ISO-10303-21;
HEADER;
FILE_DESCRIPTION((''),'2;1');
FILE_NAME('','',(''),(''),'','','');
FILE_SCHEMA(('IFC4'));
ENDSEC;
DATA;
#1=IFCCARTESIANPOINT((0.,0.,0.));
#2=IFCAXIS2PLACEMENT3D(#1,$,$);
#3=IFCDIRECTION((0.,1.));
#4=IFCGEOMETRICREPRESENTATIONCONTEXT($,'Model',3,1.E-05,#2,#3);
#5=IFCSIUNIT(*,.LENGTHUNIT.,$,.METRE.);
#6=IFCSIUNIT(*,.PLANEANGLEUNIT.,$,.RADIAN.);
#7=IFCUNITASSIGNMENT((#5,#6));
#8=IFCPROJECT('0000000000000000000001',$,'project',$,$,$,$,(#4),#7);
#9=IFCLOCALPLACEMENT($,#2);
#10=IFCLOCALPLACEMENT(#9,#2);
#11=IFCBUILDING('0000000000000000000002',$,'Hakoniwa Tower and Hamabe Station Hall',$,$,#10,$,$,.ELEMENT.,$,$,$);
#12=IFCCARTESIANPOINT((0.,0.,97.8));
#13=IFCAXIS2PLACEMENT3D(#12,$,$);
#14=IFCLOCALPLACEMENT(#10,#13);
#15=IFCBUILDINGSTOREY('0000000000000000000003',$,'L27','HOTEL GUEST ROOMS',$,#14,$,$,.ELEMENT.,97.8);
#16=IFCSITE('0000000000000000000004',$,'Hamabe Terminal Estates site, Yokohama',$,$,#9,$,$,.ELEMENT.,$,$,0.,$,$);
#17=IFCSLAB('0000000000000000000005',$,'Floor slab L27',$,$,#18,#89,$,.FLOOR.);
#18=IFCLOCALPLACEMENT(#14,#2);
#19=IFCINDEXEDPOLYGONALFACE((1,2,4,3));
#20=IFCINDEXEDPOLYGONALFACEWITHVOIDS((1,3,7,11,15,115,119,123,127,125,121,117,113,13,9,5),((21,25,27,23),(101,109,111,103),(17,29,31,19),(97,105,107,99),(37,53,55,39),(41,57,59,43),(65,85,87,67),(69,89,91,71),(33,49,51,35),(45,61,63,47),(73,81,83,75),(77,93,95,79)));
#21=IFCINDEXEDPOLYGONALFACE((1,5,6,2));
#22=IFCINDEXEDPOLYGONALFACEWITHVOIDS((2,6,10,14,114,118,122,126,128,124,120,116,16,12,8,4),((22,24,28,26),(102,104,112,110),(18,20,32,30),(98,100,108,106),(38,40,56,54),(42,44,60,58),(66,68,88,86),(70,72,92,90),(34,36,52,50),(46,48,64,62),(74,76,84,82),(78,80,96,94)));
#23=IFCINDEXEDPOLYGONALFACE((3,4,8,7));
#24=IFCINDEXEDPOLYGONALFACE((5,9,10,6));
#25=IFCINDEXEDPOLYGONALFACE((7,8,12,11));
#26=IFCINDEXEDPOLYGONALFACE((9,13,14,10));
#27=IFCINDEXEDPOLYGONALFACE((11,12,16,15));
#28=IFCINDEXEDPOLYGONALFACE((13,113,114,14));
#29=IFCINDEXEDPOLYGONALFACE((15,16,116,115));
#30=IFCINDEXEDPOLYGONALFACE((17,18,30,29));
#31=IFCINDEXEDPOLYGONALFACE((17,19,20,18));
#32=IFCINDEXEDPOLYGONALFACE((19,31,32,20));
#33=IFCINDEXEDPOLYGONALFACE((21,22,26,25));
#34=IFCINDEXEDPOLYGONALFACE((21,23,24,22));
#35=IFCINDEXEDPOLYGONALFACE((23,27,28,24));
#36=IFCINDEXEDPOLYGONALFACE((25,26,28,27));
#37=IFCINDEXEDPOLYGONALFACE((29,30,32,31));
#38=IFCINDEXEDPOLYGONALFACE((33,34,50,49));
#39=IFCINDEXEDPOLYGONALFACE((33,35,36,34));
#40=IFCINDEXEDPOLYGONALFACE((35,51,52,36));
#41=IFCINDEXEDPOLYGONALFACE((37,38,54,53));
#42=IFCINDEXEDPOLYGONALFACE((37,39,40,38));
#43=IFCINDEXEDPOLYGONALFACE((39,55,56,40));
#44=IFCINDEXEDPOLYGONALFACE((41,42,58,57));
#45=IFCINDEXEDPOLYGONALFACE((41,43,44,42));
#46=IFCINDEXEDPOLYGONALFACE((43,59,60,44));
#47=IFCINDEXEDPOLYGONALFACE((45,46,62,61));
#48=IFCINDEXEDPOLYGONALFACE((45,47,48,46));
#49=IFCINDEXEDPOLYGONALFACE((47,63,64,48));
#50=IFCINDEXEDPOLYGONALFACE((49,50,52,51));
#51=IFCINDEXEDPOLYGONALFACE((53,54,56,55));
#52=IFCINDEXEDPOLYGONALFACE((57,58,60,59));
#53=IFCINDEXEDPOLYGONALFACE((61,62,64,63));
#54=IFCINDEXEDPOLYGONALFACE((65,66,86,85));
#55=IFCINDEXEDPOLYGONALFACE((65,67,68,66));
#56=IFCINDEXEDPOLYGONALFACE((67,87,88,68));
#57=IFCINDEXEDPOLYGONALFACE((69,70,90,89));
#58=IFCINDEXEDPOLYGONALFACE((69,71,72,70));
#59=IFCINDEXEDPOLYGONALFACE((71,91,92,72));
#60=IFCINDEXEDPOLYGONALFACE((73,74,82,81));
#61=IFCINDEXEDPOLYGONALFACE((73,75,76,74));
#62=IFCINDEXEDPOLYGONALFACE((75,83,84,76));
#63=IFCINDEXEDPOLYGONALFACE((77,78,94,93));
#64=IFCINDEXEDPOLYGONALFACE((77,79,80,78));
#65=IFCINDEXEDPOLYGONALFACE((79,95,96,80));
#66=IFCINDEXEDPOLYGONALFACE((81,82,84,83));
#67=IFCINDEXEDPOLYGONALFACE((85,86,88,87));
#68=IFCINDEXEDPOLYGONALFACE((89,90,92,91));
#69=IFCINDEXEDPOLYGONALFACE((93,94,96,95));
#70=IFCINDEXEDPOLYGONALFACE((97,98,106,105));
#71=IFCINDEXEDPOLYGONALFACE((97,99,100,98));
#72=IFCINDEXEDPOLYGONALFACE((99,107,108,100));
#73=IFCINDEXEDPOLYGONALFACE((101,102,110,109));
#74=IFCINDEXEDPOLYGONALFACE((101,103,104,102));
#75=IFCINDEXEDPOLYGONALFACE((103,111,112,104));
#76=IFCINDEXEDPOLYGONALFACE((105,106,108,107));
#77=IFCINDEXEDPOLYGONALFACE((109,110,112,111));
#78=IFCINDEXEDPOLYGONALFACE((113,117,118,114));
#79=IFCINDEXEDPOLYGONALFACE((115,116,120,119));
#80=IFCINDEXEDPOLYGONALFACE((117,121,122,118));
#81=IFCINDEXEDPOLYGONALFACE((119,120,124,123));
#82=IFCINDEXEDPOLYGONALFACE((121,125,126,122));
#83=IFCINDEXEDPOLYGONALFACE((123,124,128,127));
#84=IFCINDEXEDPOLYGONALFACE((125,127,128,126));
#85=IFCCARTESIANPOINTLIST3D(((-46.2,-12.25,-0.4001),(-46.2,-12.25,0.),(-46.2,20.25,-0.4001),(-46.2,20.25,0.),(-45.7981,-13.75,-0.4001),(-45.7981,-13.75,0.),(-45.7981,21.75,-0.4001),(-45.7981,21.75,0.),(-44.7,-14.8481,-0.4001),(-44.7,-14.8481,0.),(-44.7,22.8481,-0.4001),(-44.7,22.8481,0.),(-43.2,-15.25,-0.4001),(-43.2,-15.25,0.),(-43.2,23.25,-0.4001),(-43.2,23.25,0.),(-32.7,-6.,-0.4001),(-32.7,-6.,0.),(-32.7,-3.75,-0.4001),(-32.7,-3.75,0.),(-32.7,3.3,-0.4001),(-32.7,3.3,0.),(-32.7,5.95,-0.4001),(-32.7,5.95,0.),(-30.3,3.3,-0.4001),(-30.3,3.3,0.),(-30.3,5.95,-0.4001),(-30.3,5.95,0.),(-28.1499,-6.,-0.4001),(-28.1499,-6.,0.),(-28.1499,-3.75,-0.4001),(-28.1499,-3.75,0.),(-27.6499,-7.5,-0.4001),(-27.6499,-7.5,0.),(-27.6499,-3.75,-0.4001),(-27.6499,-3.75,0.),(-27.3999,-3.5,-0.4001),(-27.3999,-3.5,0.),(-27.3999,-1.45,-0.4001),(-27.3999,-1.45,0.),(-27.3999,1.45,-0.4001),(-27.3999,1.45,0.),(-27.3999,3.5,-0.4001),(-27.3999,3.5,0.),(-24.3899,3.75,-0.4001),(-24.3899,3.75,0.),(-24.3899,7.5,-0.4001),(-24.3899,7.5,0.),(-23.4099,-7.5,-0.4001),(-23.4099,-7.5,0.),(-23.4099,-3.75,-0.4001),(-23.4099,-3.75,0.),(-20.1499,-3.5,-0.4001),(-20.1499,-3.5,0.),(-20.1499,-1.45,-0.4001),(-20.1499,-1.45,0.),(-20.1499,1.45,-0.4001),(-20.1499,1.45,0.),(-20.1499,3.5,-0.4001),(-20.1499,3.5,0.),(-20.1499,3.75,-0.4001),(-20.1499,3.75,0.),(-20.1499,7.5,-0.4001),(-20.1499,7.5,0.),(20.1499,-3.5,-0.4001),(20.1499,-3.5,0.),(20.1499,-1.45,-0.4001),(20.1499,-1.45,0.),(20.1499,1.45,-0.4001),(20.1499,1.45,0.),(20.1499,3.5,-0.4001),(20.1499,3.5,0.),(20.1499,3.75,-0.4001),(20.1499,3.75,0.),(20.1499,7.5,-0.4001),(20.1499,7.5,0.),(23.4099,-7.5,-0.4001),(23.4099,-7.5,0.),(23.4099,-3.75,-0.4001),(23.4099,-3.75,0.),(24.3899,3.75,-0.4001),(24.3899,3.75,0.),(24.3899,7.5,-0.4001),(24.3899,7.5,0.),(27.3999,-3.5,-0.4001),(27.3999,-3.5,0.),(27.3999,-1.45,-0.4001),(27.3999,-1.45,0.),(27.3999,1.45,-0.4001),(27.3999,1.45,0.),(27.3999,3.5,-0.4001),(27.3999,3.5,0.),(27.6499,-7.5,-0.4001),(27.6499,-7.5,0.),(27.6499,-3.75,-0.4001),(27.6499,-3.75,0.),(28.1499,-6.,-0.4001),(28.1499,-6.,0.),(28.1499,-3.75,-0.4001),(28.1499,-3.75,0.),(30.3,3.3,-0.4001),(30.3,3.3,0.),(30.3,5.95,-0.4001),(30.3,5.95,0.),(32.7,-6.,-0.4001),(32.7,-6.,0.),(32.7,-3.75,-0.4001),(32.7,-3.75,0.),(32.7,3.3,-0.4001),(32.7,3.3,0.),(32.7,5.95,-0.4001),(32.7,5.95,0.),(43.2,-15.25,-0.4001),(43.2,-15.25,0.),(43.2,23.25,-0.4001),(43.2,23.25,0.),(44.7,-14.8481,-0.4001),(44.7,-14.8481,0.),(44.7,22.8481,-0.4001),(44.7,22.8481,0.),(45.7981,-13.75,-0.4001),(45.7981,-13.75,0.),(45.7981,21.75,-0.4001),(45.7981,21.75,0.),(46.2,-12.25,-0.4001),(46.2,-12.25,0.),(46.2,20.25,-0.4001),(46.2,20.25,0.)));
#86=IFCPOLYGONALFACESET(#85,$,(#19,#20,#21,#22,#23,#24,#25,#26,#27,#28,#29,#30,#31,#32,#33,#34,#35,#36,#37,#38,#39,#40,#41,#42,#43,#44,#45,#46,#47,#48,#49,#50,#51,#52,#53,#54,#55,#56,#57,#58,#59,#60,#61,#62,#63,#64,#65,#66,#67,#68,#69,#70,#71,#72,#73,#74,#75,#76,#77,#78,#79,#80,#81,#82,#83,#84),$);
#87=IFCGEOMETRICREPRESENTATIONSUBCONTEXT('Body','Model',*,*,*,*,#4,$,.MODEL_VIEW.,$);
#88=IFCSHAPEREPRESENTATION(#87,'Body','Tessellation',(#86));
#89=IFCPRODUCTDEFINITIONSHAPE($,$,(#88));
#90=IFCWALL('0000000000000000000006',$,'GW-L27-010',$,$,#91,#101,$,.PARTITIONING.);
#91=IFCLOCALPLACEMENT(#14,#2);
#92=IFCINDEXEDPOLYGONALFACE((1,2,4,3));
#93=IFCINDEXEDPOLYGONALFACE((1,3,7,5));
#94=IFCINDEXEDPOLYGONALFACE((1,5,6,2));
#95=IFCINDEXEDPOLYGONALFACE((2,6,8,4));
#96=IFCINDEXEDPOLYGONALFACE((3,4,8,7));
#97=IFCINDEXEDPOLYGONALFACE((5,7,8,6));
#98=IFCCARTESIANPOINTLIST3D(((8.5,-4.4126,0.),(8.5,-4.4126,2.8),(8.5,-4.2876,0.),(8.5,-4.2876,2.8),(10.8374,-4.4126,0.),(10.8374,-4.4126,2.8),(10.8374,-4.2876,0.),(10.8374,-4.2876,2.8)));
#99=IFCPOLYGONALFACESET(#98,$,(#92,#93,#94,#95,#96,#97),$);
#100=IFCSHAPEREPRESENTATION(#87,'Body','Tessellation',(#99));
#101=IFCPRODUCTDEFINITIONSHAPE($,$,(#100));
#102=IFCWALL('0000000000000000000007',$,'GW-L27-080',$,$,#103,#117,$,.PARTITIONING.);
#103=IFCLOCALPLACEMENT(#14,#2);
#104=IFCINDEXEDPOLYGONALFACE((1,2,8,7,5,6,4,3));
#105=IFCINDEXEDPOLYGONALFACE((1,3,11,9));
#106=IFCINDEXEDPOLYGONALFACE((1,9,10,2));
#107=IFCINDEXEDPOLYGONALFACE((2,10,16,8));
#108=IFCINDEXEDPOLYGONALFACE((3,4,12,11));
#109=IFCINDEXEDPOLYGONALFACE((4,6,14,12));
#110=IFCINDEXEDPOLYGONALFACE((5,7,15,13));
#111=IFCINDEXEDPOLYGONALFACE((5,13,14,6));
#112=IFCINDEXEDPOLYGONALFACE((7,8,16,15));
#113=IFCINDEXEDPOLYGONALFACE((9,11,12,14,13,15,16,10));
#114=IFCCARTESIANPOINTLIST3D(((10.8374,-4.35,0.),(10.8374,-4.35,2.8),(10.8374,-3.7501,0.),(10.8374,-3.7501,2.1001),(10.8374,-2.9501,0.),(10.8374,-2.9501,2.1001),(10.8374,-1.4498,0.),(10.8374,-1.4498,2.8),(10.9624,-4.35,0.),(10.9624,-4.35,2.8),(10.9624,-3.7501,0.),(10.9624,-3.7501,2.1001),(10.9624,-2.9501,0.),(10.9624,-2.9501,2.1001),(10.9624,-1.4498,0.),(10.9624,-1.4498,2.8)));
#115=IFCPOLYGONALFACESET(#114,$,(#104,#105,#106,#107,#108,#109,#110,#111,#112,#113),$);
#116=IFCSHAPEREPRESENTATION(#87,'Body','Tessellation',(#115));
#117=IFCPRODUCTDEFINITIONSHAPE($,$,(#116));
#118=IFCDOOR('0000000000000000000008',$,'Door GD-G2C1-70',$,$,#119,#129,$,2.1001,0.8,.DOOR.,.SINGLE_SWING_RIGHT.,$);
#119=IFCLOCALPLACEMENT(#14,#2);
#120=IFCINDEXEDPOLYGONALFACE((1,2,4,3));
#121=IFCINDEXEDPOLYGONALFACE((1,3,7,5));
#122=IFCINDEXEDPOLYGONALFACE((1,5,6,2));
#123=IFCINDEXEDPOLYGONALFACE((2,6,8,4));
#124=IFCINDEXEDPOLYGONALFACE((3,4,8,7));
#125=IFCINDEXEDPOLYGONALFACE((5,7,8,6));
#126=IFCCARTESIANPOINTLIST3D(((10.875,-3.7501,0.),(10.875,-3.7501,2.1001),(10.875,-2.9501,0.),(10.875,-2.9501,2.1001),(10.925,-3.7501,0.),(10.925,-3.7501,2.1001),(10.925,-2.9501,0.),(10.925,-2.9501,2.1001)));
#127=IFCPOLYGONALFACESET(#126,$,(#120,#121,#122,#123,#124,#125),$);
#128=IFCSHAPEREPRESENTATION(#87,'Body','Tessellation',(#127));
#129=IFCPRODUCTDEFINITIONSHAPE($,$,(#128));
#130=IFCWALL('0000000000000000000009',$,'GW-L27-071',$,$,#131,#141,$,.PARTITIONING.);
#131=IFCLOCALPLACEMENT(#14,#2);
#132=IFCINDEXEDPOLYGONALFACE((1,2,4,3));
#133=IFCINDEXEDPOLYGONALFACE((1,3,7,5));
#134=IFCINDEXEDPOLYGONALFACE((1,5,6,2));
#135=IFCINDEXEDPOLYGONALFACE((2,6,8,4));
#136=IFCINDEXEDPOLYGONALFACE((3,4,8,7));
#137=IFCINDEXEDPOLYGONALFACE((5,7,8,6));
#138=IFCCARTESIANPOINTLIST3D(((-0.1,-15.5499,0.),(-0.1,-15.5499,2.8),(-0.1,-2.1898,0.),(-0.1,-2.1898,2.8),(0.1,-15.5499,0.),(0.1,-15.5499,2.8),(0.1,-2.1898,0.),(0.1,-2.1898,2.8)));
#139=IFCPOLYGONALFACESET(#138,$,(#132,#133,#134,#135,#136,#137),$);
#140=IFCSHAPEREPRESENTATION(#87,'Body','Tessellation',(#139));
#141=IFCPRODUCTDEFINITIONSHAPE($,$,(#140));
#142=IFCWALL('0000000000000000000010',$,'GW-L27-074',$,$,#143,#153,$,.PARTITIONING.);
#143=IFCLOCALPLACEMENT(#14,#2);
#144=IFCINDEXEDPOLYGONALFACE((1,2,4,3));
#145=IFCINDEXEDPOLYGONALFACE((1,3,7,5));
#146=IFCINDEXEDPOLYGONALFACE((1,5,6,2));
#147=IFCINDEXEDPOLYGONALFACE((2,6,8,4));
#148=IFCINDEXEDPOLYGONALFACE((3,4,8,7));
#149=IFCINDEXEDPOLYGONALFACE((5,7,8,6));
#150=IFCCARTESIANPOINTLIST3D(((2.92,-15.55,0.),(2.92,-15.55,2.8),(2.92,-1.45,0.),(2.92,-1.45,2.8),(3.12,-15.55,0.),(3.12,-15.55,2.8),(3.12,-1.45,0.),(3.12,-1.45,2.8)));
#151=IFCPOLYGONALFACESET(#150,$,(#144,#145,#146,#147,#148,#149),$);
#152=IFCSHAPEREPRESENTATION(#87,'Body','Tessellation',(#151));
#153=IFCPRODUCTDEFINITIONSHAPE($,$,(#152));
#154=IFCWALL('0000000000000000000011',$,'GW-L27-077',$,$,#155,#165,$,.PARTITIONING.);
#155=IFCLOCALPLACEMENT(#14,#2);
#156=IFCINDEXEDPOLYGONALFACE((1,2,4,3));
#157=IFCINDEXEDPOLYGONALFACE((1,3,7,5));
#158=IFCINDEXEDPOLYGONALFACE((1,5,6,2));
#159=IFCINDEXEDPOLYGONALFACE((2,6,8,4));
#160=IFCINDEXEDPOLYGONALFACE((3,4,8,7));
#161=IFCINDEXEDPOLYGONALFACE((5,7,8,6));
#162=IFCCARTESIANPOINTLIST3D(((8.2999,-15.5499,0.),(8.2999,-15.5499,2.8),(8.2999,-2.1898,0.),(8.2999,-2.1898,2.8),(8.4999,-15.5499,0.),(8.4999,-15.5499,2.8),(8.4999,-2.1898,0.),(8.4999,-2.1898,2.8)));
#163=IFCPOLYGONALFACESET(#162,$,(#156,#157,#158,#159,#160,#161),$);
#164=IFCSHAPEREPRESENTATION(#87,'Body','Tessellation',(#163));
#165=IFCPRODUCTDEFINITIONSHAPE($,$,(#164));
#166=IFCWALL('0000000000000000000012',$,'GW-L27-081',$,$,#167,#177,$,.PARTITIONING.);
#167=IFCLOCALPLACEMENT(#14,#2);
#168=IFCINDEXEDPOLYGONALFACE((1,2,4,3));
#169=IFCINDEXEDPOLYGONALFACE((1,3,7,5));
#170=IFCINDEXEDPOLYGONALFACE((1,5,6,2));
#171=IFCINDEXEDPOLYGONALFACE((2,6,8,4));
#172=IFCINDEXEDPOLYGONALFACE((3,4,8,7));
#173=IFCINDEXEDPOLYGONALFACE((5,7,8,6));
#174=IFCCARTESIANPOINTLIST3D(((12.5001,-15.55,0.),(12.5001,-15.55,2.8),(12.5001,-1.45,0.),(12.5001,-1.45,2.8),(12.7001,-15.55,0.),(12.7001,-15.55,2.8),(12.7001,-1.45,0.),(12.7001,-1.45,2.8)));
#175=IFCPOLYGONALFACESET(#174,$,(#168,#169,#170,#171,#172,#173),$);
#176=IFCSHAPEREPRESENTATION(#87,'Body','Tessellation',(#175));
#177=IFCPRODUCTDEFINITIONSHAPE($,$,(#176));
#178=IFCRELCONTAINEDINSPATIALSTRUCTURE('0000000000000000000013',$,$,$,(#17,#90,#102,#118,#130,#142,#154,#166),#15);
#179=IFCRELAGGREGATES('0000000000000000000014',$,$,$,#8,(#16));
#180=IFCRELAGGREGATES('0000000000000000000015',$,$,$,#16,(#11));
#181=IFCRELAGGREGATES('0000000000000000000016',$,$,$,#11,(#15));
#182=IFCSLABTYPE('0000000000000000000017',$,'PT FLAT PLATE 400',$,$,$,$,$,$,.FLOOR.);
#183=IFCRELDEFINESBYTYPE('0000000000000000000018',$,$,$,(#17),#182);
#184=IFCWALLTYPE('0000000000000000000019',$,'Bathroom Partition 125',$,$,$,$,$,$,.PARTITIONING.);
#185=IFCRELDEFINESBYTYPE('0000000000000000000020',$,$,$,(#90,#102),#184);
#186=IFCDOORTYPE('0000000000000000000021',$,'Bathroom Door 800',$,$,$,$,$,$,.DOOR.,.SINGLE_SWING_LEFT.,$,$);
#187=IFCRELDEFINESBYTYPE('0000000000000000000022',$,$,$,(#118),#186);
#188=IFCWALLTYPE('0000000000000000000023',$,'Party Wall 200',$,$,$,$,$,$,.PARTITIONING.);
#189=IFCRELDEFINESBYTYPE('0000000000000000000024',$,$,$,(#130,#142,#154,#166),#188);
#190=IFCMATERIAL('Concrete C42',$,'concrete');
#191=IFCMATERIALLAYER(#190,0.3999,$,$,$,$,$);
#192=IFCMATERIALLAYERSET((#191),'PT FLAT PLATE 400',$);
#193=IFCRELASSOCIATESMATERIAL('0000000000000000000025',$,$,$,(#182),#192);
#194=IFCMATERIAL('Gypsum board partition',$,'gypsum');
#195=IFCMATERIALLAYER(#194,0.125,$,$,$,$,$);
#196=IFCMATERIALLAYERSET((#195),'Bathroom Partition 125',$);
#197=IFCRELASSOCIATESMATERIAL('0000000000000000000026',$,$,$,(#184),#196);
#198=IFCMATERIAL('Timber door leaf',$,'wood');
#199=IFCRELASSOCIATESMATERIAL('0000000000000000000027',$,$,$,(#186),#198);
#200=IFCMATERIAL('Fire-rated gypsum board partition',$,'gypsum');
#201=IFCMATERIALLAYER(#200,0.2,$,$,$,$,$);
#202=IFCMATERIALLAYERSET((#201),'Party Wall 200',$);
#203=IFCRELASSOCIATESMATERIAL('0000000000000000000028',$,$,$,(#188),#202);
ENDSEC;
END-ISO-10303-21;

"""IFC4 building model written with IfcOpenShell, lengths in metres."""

from ifc_helpers import new_model, si_unit, direction, frame, frame_2d, origin, place, context, subcontext, project, spatial, polyline, rectangle, outline, extrude, material, layer, layer_set, type_object, element, fill, save


model = new_model("IFC4")

# Units and contexts
model_context = context("Model", 3, precision=1e-05, world=origin(), true_north=direction((0.0, 1.0)))
body_context = subcontext(model_context, "Body", "Model", "MODEL_VIEW")
ifc_project = project(units=[si_unit("LENGTHUNIT", "METRE"), si_unit("PLANEANGLEUNIT", "RADIAN")], contexts=[model_context])

# Site, building, storey
site_placement = place(None, origin())
site = spatial("IfcSite", under=ifc_project, at=site_placement, Name="Hamabe Terminal Estates site, Yokohama", CompositionType="ELEMENT", RefElevation=0.0)
building_placement = place(site_placement, origin())
building = spatial("IfcBuilding", under=site, at=building_placement, Name="Hakoniwa Tower and Hamabe Station Hall", CompositionType="ELEMENT")
storey_placement = place(building_placement, frame((0.0, 0.0, 97.8)))
storey = spatial("IfcBuildingStorey", under=building, at=storey_placement, Name="L27", Description="HOTEL GUEST ROOMS", CompositionType="ELEMENT", Elevation=97.8)

# Slab
ifc_material_1 = material(Name="Concrete C42", Category="concrete")
ifc_layer_1 = layer(ifc_material_1, 0.3999)
ifc_layer_set_1 = layer_set([ifc_layer_1], Name="PT FLAT PLATE 400")
slab_type = type_object("IfcSlabType", Name="PT FLAT PLATE 400", PredefinedType="FLOOR", material=ifc_layer_set_1)
slab_placement = place(storey_placement, frame((0.0, 0.0, -0.4001)))
element("IfcSlab", 1, at=slab_placement, inside=storey, type_object=slab_type, Name="Floor slab L27", PredefinedType="FLOOR", context=body_context, shape_type="SweptSolid", body=[
    extrude(outline(polyline([(46.2, -12.25), (46.2, 20.25), (45.7981, 21.75), (44.7, 22.8481), (43.2, 23.25), (-43.2, 23.25), (-44.7, 22.8481), (-45.7981, 21.75), (-46.2, 20.25), (-46.2, -12.25), (-45.7981, -13.75), (-44.7, -14.8481), (-43.2, -15.25), (43.2, -15.25), (44.7, -14.8481), (45.7981, -13.75), (46.2, -12.25)]), holes=[polyline([(-27.3999, 1.45), (-27.3999, 3.5), (-20.1499, 3.5), (-20.1499, 1.45), (-27.3999, 1.45)]), polyline([(-27.3999, -3.5), (-27.3999, -1.45), (-20.1499, -1.45), (-20.1499, -3.5), (-27.3999, -3.5)]), polyline([(-32.7, 3.3), (-32.7, 5.95), (-30.3, 5.95), (-30.3, 3.3), (-32.7, 3.3)]), polyline([(-32.7, -6.0), (-32.7, -3.75), (-28.1499, -3.75), (-28.1499, -6.0), (-32.7, -6.0)]), polyline([(-24.3899, 3.75), (-24.3899, 7.5), (-20.1499, 7.5), (-20.1499, 3.75), (-24.3899, 3.75)]), polyline([(-27.6499, -7.5), (-27.6499, -3.75), (-23.4099, -3.75), (-23.4099, -7.5), (-27.6499, -7.5)]), polyline([(20.1499, 1.45), (20.1499, 3.5), (27.3999, 3.5), (27.3999, 1.45), (20.1499, 1.45)]), polyline([(20.1499, -3.5), (20.1499, -1.45), (27.3999, -1.45), (27.3999, -3.5), (20.1499, -3.5)]), polyline([(30.3, 3.3), (30.3, 5.95), (32.7, 5.95), (32.7, 3.3), (30.3, 3.3)]), polyline([(28.1499, -6.0), (28.1499, -3.75), (32.7, -3.75), (32.7, -6.0), (28.1499, -6.0)]), polyline([(20.1499, 3.75), (20.1499, 7.5), (24.3899, 7.5), (24.3899, 3.75), (20.1499, 3.75)]), polyline([(23.4099, -7.5), (23.4099, -3.75), (27.6499, -3.75), (27.6499, -7.5), (23.4099, -7.5)])]), origin(), (0.0, 0.0, 1.0), 0.4001),
])

# Wall
ifc_material_2 = material(Name="Gypsum board partition", Category="gypsum")
ifc_layer_2 = layer(ifc_material_2, 0.125)
ifc_layer_set_2 = layer_set([ifc_layer_2], Name="Bathroom Partition 125")
wall_type_1 = type_object("IfcWallType", Name="Bathroom Partition 125", PredefinedType="PARTITIONING", material=ifc_layer_set_2)
wall_1_placement = place(storey_placement, frame((8.5, -4.3501, 0.0), z_axis=(0.0, 0.0, 1.0), x_axis=(1.0, 0.0, 0.0)))
element("IfcWall", 2, at=wall_1_placement, inside=storey, type_object=wall_type_1, Name="GW-L27-010", PredefinedType="PARTITIONING", context=body_context, shape_type="SweptSolid", body=[
    extrude(rectangle(XDim=2.3374, YDim=0.125, at=frame_2d((1.1687, 0.0))), origin(), (0.0, 0.0, 1.0), 2.8),
])

# Wall, opening, door
wall_2_placement = place(storey_placement, frame((10.8999, -4.3501, 0.0), z_axis=(0.0, 0.0, 1.0), x_axis=(0.0, 1.0, 0.0)))
wall_2 = element("IfcWall", 3, at=wall_2_placement, inside=storey, type_object=wall_type_1, Name="GW-L27-080", PredefinedType="PARTITIONING", context=body_context, shape_type="SweptSolid", body=[
    extrude(rectangle(XDim=2.9001, YDim=0.125, at=frame_2d((1.4502, 0.0))), origin(), (0.0, 0.0, 1.0), 2.8),
])
opening_placement = place(wall_2_placement, frame((0.6001, 0.0, 0.0)))
opening = element("IfcOpeningElement", 4, at=opening_placement, cuts=wall_2, PredefinedType="OPENING", context=body_context, shape_type="SweptSolid", body=[
    extrude(rectangle(XDim=0.8, YDim=2.1001, at=frame_2d((0.3999, 1.05))), frame((0.0, 0.0725, 0.0), z_axis=(0.0, -1.0, 0.0), x_axis=(1.0, 0.0, 0.0)), (0.0, 0.0, 1.0), 0.145),
])
ifc_material_3 = material(Name="Timber door leaf", Category="wood")
door_type = type_object("IfcDoorType", Name="Bathroom Door 800", OperationType="SINGLE_SWING_LEFT", PredefinedType="DOOR", material=ifc_material_3)
door_placement = place(opening_placement, origin())
door = element("IfcDoor", 5, at=door_placement, inside=storey, type_object=door_type, Name="Door GD-G2C1-70", OperationType="SINGLE_SWING_RIGHT", OverallHeight=2.1001, OverallWidth=0.8, PredefinedType="DOOR", context=body_context, shape_type="SweptSolid", body=[
    extrude(rectangle(XDim=0.8, YDim=2.1001, at=frame_2d((0.3999, 1.05))), frame((0.0, 0.0249, 0.0), z_axis=(0.0, -1.0, 0.0), x_axis=(1.0, 0.0, 0.0)), (0.0, 0.0, 1.0), 0.05),
])
fill(opening, door)

# Walls
ifc_material_4 = material(Name="Fire-rated gypsum board partition", Category="gypsum")
ifc_layer_3 = layer(ifc_material_4, 0.2)
ifc_layer_set_3 = layer_set([ifc_layer_3], Name="Party Wall 200")
wall_type_2 = type_object("IfcWallType", Name="Party Wall 200", PredefinedType="PARTITIONING", material=ifc_layer_set_3)
wall_3_placement = place(storey_placement, frame((0.0, -15.55, 0.0), z_axis=(0.0, 0.0, 1.0), x_axis=(0.0, 1.0, 0.0)))
element("IfcWall", 6, at=wall_3_placement, inside=storey, type_object=wall_type_2, Name="GW-L27-071", PredefinedType="PARTITIONING", context=body_context, shape_type="SweptSolid", body=[
    extrude(rectangle(XDim=13.3601, YDim=0.2, at=frame_2d((6.6802, 0.0))), origin(), (0.0, 0.0, 1.0), 2.8),
])
wall_4_placement = place(storey_placement, frame((3.02, -15.55, 0.0), z_axis=(0.0, 0.0, 1.0), x_axis=(0.0, 1.0, 0.0)))
element("IfcWall", 7, at=wall_4_placement, inside=storey, type_object=wall_type_2, Name="GW-L27-074", PredefinedType="PARTITIONING", context=body_context, shape_type="SweptSolid", body=[
    extrude(rectangle(XDim=14.1001, YDim=0.2, at=frame_2d((7.05, 0.0))), origin(), (0.0, 0.0, 1.0), 2.8),
])
wall_5_placement = place(storey_placement, frame((8.3999, -15.55, 0.0), z_axis=(0.0, 0.0, 1.0), x_axis=(0.0, 1.0, 0.0)))
element("IfcWall", 8, at=wall_5_placement, inside=storey, type_object=wall_type_2, Name="GW-L27-077", PredefinedType="PARTITIONING", context=body_context, shape_type="SweptSolid", body=[
    extrude(rectangle(XDim=13.3601, YDim=0.2, at=frame_2d((6.6802, 0.0))), origin(), (0.0, 0.0, 1.0), 2.8),
])
wall_6_placement = place(storey_placement, frame((12.6001, -15.55, 0.0), z_axis=(0.0, 0.0, 1.0), x_axis=(0.0, 1.0, 0.0)))
element("IfcWall", 9, at=wall_6_placement, inside=storey, type_object=wall_type_2, Name="GW-L27-081", PredefinedType="PARTITIONING", context=body_context, shape_type="SweptSolid", body=[
    extrude(rectangle(XDim=14.1001, YDim=0.2, at=frame_2d((7.05, 0.0))), origin(), (0.0, 0.0, 1.0), 2.8),
])

save(model, "model.ifc")
